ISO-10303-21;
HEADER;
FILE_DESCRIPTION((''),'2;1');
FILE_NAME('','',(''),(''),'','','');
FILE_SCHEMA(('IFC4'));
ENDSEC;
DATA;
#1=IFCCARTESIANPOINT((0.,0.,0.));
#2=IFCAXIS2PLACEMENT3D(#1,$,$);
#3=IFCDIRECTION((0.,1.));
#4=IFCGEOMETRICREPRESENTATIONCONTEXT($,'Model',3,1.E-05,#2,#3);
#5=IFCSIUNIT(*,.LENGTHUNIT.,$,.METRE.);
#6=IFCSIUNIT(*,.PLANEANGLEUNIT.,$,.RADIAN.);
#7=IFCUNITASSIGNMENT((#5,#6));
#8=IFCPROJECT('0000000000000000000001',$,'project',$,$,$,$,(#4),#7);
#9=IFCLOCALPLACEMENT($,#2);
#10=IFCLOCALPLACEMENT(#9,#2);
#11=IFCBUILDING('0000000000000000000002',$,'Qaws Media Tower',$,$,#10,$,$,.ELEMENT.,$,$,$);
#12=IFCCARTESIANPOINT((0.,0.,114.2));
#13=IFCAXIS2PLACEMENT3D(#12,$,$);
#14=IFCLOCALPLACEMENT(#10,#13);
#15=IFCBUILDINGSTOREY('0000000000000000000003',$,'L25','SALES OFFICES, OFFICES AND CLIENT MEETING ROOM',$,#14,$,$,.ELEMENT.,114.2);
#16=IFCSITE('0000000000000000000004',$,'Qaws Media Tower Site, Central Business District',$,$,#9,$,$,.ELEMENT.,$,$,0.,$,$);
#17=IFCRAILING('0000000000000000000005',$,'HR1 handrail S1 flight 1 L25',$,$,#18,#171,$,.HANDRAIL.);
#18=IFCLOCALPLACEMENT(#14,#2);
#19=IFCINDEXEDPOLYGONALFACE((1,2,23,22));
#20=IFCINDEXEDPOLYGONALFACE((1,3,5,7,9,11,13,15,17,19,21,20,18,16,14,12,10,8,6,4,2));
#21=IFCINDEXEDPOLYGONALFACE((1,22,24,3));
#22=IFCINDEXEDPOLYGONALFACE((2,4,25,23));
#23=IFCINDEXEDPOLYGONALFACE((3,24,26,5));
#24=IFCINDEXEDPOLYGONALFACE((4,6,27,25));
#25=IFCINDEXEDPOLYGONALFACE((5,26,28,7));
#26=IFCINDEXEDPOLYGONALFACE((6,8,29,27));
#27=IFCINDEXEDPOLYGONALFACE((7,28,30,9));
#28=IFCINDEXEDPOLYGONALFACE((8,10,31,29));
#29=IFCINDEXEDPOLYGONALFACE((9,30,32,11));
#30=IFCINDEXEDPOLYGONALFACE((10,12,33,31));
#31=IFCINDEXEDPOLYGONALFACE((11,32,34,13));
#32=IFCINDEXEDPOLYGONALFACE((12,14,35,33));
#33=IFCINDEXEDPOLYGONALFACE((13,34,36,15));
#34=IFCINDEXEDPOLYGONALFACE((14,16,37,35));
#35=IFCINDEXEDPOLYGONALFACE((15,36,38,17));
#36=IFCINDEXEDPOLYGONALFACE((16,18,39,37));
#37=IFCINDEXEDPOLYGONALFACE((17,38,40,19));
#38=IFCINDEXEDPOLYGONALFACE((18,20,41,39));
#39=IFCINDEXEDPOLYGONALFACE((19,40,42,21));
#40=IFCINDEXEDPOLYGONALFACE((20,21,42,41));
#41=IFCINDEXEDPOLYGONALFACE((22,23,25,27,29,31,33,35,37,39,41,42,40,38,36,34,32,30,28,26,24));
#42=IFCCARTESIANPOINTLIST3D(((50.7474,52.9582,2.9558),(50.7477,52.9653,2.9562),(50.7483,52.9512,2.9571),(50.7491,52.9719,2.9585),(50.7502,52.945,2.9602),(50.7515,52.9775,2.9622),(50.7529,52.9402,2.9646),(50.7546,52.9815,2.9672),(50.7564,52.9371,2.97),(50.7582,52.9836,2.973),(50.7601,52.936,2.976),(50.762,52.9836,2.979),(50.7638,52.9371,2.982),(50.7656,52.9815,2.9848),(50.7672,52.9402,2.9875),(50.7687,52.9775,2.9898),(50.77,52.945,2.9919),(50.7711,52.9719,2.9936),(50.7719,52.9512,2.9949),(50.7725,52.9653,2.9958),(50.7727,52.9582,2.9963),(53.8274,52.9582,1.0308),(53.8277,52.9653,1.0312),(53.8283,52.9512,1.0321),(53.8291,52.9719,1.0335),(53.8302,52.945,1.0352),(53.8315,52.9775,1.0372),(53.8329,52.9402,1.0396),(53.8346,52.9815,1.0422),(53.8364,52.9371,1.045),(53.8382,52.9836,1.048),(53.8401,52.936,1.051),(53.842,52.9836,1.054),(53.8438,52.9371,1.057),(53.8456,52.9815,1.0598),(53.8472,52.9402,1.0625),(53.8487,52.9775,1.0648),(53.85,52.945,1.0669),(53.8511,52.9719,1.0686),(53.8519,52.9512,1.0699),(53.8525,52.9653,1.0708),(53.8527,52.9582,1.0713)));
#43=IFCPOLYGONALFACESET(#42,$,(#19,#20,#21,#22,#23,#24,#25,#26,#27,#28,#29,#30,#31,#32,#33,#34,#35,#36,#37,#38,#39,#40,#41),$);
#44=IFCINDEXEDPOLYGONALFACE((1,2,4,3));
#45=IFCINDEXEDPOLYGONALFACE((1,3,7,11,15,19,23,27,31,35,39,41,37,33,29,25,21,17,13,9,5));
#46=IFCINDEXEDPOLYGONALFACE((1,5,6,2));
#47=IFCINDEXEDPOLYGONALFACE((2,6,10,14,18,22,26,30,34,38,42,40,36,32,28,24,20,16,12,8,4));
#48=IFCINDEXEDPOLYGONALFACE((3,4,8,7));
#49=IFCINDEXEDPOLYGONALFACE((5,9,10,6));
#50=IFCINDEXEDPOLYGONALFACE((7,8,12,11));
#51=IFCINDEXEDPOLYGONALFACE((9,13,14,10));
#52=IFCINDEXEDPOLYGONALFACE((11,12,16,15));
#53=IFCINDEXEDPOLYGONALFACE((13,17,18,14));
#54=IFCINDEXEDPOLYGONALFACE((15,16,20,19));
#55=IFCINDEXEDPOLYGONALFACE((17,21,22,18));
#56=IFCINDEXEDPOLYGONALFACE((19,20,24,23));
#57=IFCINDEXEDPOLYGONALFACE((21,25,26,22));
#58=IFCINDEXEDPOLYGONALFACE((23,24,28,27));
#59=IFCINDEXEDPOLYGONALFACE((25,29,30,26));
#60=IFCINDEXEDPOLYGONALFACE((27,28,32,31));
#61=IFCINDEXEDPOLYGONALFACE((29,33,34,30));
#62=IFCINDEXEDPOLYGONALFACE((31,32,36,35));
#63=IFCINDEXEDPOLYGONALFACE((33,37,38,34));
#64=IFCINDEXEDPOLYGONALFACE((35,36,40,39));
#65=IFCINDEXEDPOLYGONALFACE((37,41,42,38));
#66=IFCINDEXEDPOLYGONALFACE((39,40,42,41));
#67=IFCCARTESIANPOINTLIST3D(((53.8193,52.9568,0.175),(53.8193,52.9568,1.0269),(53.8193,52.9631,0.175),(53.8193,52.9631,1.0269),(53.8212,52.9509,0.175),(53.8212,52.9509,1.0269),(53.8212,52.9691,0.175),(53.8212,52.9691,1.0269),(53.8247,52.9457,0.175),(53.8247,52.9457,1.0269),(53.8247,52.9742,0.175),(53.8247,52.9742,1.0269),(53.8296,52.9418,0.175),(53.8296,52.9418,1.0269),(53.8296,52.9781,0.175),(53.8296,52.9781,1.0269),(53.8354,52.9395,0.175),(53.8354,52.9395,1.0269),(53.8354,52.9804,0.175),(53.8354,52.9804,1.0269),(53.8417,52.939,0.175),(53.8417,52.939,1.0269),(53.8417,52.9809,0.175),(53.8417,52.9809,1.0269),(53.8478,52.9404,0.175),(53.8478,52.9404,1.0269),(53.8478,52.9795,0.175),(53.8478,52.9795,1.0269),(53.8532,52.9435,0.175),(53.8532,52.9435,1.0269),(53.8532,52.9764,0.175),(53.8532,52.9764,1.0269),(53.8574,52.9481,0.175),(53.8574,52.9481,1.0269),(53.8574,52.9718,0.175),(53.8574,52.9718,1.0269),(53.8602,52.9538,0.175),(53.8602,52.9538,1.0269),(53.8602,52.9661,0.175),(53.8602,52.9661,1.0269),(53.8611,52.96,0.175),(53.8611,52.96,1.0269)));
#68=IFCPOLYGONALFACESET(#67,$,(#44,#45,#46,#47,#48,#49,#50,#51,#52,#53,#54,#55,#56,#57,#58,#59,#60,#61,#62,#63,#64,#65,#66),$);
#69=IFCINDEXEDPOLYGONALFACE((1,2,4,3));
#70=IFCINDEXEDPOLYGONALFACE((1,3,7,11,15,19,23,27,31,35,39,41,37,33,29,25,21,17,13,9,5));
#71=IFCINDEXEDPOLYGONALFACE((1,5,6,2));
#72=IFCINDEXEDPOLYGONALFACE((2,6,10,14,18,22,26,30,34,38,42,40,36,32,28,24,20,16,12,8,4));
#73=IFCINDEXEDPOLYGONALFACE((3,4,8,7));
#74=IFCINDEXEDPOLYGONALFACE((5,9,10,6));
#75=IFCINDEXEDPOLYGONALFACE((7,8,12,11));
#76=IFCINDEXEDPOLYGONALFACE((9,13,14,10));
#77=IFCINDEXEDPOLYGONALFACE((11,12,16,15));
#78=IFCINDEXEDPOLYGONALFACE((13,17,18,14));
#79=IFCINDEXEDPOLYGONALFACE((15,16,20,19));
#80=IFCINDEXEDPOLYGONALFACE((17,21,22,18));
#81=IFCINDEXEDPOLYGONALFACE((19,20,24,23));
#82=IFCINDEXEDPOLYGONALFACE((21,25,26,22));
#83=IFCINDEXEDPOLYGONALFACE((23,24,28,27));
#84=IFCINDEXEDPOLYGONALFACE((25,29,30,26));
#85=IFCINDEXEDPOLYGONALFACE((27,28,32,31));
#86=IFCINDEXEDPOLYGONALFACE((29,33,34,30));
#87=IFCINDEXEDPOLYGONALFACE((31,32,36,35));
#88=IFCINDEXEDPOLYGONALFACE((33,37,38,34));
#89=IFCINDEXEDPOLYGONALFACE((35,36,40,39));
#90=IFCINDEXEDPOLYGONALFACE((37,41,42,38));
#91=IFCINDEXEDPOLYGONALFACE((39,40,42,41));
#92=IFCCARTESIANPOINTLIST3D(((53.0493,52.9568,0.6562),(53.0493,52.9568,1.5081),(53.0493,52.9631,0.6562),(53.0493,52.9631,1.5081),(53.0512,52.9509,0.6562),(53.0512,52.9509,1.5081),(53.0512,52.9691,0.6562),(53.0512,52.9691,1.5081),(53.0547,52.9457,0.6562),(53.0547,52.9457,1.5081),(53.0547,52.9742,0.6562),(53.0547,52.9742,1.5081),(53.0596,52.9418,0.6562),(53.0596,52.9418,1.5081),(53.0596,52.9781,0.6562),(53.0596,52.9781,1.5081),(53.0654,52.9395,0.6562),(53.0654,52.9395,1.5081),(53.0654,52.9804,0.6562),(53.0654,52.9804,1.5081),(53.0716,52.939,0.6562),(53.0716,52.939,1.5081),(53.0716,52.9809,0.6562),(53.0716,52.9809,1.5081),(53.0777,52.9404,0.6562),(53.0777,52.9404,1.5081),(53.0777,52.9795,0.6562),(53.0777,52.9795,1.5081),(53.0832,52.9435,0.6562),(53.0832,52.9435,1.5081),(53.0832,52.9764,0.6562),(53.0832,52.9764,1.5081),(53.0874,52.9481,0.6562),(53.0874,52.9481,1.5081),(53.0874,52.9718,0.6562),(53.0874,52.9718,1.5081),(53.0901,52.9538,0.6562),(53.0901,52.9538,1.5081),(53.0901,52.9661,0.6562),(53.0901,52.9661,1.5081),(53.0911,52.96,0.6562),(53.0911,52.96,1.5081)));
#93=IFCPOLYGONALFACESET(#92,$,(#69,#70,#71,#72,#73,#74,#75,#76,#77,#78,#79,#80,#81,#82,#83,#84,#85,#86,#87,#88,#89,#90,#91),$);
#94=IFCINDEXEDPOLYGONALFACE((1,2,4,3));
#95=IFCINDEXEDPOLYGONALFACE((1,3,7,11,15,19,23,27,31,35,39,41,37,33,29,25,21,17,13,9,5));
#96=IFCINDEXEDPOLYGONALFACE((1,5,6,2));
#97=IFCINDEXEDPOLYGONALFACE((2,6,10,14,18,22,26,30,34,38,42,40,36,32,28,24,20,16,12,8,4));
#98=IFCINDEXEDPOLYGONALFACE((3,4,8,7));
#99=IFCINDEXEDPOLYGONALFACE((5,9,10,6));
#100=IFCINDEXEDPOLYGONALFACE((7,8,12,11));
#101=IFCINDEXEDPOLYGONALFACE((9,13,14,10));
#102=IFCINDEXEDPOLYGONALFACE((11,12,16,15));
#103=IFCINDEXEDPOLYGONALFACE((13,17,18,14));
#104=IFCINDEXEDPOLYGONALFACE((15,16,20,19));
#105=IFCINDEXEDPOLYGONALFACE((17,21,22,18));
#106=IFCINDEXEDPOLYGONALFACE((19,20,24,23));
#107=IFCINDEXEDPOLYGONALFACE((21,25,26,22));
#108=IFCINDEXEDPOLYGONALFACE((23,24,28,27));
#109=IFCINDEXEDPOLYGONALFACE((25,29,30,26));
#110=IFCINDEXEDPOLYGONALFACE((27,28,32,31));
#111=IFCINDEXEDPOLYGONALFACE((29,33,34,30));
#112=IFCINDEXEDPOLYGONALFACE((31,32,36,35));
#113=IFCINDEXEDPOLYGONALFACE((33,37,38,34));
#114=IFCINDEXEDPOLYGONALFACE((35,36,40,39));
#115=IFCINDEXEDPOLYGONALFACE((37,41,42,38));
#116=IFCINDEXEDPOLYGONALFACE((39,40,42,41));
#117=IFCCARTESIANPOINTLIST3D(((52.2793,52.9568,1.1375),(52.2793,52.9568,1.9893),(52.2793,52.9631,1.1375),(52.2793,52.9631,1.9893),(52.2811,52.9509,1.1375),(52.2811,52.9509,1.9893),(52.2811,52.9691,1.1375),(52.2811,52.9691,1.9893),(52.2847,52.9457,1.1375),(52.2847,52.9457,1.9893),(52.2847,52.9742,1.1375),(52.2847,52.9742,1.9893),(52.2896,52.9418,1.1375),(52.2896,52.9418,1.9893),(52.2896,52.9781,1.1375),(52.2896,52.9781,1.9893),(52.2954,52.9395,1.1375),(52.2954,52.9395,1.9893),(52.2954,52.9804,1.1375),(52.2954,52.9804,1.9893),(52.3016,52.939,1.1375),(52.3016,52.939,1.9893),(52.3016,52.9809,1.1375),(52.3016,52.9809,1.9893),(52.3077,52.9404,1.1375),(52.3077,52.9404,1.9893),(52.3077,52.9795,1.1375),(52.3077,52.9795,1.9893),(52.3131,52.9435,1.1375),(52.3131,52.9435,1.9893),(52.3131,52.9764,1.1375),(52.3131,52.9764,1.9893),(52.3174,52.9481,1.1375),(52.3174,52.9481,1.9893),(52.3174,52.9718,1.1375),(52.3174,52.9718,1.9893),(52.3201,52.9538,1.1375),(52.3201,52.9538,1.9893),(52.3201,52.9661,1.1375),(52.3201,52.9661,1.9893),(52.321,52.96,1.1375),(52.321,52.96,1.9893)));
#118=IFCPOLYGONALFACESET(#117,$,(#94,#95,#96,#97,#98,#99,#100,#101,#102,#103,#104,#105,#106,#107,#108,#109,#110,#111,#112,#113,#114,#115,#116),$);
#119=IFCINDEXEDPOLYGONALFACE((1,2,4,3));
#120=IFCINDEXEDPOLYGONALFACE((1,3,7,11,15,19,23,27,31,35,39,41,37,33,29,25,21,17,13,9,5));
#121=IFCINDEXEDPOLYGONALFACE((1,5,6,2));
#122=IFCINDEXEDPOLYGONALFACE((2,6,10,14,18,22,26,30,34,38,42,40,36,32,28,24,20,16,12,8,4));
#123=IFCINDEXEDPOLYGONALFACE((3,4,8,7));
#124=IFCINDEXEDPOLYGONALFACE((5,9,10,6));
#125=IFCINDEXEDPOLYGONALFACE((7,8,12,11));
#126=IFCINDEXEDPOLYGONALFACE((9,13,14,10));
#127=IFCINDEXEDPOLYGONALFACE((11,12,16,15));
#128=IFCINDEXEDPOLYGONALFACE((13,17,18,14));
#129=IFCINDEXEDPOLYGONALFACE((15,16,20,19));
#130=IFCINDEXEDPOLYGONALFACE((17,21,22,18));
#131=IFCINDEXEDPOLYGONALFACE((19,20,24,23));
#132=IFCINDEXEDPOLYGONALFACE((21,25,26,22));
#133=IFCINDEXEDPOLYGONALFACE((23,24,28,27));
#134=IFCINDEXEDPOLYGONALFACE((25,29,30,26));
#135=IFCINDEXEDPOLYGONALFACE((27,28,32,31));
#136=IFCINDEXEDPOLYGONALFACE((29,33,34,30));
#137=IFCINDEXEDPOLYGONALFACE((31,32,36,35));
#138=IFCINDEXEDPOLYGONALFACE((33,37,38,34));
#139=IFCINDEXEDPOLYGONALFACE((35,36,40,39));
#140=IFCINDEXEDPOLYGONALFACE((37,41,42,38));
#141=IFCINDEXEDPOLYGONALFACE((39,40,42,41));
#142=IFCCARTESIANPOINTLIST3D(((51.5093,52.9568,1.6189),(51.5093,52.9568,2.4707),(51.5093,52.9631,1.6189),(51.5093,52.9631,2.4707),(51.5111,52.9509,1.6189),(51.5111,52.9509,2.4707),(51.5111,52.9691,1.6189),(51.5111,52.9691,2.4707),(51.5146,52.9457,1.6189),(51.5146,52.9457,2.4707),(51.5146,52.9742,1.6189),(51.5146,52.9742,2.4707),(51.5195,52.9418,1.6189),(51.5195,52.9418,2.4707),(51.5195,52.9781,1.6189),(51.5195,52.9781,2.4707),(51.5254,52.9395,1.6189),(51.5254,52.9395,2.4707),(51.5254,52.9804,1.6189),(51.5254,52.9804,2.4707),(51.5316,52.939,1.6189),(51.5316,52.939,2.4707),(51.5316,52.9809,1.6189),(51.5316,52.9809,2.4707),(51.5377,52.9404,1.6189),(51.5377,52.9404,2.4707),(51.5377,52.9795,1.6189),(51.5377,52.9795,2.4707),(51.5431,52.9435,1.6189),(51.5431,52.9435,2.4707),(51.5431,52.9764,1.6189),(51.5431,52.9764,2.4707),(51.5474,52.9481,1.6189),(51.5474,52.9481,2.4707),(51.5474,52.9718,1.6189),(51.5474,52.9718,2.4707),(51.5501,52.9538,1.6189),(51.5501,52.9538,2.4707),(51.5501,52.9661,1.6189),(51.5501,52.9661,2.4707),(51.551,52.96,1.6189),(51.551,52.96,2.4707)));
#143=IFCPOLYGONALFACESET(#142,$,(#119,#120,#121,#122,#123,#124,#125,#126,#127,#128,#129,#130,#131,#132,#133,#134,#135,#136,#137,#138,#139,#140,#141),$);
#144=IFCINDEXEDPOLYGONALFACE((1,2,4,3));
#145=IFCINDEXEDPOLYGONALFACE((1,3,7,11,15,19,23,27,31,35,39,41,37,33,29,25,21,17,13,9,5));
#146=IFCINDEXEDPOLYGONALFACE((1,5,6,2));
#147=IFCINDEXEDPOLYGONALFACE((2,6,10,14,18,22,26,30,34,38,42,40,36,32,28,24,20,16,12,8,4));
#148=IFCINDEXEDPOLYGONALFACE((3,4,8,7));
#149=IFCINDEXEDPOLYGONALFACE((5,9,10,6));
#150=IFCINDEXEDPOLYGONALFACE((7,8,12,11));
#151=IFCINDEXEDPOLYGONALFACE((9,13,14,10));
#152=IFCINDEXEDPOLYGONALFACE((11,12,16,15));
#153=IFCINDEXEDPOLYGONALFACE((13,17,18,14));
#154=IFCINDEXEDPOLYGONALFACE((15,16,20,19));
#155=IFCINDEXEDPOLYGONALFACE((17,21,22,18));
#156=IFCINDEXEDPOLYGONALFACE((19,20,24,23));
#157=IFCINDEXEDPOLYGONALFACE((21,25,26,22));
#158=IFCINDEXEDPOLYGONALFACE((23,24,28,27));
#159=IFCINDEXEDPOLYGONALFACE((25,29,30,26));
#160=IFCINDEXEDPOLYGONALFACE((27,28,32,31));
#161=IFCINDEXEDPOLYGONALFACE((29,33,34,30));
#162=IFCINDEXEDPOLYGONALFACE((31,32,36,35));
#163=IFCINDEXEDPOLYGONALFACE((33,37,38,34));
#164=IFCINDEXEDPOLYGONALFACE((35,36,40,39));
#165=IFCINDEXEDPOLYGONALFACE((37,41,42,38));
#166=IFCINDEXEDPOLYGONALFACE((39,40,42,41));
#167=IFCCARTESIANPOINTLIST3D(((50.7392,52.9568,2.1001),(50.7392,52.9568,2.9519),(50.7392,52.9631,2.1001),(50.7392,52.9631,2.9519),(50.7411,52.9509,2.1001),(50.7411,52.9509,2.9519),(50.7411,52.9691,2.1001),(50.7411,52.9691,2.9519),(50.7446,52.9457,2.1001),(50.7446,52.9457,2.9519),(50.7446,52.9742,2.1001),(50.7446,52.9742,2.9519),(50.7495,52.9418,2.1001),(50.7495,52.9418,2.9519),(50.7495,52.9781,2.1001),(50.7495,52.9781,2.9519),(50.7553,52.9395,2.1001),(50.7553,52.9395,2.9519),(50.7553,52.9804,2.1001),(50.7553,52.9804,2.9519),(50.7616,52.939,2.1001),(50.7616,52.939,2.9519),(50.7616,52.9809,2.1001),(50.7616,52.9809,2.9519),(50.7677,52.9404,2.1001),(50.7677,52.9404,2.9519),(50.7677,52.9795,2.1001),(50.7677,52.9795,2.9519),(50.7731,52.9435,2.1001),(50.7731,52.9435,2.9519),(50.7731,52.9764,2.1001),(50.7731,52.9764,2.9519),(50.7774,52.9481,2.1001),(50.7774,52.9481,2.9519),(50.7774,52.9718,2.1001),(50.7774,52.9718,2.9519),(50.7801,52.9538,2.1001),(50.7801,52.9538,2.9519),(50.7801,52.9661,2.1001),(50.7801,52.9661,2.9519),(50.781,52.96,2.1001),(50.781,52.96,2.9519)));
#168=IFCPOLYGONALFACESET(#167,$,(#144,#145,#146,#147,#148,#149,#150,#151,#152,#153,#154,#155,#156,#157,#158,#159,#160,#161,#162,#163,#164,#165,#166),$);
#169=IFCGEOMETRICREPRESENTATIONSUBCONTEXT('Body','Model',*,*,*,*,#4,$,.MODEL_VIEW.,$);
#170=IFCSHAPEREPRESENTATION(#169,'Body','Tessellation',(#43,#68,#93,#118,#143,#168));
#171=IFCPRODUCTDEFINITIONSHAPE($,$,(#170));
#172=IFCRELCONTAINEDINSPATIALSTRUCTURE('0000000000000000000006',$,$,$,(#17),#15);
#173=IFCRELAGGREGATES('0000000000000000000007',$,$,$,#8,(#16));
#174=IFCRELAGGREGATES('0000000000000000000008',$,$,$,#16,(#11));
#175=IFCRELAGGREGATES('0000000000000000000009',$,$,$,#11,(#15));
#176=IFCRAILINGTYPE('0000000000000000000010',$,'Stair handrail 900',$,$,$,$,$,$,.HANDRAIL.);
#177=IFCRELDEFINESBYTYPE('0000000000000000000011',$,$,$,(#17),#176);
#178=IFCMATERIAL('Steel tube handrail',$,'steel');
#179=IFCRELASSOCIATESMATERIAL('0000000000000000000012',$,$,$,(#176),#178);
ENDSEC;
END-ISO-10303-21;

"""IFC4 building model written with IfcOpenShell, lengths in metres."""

from ifc_helpers import new_model, si_unit, direction, frame, origin, origin_2d, place, context, subcontext, project, spatial, circle, extrude, material, type_object, element, save


model = new_model("IFC4")

# Units and contexts
model_context = context("Model", 3, precision=1e-05, world=origin(), true_north=direction((0.0, 1.0)))
body_context = subcontext(model_context, "Body", "Model", "MODEL_VIEW")
ifc_project = project(units=[si_unit("LENGTHUNIT", "METRE"), si_unit("PLANEANGLEUNIT", "RADIAN")], contexts=[model_context])

# Site, building, storey
site_placement = place(None, origin())
site = spatial("IfcSite", under=ifc_project, at=site_placement, Name="Qaws Media Tower Site, Central Business District", CompositionType="ELEMENT", RefElevation=0.0)
building_placement = place(site_placement, origin())
building = spatial("IfcBuilding", under=site, at=building_placement, Name="Qaws Media Tower", CompositionType="ELEMENT")
storey_placement = place(building_placement, frame((0.0, 0.0, 114.2)))
storey = spatial("IfcBuildingStorey", under=building, at=storey_placement, Name="L25", Description="SALES OFFICES, OFFICES AND CLIENT MEETING ROOM", CompositionType="ELEMENT", Elevation=114.2)

# Railing
ifc_material_1 = material(Name="Steel tube handrail", Category="steel")
railing_type = type_object("IfcRailingType", Name="Stair handrail 900", PredefinedType="HANDRAIL", material=ifc_material_1)
for number, where, name in (
    (1, (53.8401, 52.96, 0.175), "HR1 handrail S1 flight 1 L25"),
):
    element("IfcRailing", number, at=place(storey_placement, frame(where)), inside=storey, type_object=railing_type, Name=name, PredefinedType="HANDRAIL", context=body_context, shape_type="SweptSolid", body=[
        extrude(circle(Radius=0.0239, at=origin_2d()), frame((0.0, 0.0, 0.876), z_axis=(-0.847998, 0.0, 0.529999), x_axis=(0.0, -1.0, 0.0)), (0.0, 0.0, 1.0), 3.6321),
        extrude(circle(Radius=0.021, at=origin_2d()), origin(), (0.0, 0.0, 1.0), 0.8518),
        extrude(circle(Radius=0.021, at=origin_2d()), frame((-0.77, 0.0, 0.4812)), (0.0, 0.0, 1.0), 0.8518),
        extrude(circle(Radius=0.021, at=origin_2d()), frame((-1.54, 0.0, 0.9624)), (0.0, 0.0, 1.0), 0.8518),
        extrude(circle(Radius=0.021, at=origin_2d()), frame((-2.3101, 0.0, 1.4438)), (0.0, 0.0, 1.0), 0.8518),
        extrude(circle(Radius=0.021, at=origin_2d()), frame((-3.0801, 0.0, 1.925)), (0.0, 0.0, 1.0), 0.8518),
    ])

save(model, "model.ifc")
